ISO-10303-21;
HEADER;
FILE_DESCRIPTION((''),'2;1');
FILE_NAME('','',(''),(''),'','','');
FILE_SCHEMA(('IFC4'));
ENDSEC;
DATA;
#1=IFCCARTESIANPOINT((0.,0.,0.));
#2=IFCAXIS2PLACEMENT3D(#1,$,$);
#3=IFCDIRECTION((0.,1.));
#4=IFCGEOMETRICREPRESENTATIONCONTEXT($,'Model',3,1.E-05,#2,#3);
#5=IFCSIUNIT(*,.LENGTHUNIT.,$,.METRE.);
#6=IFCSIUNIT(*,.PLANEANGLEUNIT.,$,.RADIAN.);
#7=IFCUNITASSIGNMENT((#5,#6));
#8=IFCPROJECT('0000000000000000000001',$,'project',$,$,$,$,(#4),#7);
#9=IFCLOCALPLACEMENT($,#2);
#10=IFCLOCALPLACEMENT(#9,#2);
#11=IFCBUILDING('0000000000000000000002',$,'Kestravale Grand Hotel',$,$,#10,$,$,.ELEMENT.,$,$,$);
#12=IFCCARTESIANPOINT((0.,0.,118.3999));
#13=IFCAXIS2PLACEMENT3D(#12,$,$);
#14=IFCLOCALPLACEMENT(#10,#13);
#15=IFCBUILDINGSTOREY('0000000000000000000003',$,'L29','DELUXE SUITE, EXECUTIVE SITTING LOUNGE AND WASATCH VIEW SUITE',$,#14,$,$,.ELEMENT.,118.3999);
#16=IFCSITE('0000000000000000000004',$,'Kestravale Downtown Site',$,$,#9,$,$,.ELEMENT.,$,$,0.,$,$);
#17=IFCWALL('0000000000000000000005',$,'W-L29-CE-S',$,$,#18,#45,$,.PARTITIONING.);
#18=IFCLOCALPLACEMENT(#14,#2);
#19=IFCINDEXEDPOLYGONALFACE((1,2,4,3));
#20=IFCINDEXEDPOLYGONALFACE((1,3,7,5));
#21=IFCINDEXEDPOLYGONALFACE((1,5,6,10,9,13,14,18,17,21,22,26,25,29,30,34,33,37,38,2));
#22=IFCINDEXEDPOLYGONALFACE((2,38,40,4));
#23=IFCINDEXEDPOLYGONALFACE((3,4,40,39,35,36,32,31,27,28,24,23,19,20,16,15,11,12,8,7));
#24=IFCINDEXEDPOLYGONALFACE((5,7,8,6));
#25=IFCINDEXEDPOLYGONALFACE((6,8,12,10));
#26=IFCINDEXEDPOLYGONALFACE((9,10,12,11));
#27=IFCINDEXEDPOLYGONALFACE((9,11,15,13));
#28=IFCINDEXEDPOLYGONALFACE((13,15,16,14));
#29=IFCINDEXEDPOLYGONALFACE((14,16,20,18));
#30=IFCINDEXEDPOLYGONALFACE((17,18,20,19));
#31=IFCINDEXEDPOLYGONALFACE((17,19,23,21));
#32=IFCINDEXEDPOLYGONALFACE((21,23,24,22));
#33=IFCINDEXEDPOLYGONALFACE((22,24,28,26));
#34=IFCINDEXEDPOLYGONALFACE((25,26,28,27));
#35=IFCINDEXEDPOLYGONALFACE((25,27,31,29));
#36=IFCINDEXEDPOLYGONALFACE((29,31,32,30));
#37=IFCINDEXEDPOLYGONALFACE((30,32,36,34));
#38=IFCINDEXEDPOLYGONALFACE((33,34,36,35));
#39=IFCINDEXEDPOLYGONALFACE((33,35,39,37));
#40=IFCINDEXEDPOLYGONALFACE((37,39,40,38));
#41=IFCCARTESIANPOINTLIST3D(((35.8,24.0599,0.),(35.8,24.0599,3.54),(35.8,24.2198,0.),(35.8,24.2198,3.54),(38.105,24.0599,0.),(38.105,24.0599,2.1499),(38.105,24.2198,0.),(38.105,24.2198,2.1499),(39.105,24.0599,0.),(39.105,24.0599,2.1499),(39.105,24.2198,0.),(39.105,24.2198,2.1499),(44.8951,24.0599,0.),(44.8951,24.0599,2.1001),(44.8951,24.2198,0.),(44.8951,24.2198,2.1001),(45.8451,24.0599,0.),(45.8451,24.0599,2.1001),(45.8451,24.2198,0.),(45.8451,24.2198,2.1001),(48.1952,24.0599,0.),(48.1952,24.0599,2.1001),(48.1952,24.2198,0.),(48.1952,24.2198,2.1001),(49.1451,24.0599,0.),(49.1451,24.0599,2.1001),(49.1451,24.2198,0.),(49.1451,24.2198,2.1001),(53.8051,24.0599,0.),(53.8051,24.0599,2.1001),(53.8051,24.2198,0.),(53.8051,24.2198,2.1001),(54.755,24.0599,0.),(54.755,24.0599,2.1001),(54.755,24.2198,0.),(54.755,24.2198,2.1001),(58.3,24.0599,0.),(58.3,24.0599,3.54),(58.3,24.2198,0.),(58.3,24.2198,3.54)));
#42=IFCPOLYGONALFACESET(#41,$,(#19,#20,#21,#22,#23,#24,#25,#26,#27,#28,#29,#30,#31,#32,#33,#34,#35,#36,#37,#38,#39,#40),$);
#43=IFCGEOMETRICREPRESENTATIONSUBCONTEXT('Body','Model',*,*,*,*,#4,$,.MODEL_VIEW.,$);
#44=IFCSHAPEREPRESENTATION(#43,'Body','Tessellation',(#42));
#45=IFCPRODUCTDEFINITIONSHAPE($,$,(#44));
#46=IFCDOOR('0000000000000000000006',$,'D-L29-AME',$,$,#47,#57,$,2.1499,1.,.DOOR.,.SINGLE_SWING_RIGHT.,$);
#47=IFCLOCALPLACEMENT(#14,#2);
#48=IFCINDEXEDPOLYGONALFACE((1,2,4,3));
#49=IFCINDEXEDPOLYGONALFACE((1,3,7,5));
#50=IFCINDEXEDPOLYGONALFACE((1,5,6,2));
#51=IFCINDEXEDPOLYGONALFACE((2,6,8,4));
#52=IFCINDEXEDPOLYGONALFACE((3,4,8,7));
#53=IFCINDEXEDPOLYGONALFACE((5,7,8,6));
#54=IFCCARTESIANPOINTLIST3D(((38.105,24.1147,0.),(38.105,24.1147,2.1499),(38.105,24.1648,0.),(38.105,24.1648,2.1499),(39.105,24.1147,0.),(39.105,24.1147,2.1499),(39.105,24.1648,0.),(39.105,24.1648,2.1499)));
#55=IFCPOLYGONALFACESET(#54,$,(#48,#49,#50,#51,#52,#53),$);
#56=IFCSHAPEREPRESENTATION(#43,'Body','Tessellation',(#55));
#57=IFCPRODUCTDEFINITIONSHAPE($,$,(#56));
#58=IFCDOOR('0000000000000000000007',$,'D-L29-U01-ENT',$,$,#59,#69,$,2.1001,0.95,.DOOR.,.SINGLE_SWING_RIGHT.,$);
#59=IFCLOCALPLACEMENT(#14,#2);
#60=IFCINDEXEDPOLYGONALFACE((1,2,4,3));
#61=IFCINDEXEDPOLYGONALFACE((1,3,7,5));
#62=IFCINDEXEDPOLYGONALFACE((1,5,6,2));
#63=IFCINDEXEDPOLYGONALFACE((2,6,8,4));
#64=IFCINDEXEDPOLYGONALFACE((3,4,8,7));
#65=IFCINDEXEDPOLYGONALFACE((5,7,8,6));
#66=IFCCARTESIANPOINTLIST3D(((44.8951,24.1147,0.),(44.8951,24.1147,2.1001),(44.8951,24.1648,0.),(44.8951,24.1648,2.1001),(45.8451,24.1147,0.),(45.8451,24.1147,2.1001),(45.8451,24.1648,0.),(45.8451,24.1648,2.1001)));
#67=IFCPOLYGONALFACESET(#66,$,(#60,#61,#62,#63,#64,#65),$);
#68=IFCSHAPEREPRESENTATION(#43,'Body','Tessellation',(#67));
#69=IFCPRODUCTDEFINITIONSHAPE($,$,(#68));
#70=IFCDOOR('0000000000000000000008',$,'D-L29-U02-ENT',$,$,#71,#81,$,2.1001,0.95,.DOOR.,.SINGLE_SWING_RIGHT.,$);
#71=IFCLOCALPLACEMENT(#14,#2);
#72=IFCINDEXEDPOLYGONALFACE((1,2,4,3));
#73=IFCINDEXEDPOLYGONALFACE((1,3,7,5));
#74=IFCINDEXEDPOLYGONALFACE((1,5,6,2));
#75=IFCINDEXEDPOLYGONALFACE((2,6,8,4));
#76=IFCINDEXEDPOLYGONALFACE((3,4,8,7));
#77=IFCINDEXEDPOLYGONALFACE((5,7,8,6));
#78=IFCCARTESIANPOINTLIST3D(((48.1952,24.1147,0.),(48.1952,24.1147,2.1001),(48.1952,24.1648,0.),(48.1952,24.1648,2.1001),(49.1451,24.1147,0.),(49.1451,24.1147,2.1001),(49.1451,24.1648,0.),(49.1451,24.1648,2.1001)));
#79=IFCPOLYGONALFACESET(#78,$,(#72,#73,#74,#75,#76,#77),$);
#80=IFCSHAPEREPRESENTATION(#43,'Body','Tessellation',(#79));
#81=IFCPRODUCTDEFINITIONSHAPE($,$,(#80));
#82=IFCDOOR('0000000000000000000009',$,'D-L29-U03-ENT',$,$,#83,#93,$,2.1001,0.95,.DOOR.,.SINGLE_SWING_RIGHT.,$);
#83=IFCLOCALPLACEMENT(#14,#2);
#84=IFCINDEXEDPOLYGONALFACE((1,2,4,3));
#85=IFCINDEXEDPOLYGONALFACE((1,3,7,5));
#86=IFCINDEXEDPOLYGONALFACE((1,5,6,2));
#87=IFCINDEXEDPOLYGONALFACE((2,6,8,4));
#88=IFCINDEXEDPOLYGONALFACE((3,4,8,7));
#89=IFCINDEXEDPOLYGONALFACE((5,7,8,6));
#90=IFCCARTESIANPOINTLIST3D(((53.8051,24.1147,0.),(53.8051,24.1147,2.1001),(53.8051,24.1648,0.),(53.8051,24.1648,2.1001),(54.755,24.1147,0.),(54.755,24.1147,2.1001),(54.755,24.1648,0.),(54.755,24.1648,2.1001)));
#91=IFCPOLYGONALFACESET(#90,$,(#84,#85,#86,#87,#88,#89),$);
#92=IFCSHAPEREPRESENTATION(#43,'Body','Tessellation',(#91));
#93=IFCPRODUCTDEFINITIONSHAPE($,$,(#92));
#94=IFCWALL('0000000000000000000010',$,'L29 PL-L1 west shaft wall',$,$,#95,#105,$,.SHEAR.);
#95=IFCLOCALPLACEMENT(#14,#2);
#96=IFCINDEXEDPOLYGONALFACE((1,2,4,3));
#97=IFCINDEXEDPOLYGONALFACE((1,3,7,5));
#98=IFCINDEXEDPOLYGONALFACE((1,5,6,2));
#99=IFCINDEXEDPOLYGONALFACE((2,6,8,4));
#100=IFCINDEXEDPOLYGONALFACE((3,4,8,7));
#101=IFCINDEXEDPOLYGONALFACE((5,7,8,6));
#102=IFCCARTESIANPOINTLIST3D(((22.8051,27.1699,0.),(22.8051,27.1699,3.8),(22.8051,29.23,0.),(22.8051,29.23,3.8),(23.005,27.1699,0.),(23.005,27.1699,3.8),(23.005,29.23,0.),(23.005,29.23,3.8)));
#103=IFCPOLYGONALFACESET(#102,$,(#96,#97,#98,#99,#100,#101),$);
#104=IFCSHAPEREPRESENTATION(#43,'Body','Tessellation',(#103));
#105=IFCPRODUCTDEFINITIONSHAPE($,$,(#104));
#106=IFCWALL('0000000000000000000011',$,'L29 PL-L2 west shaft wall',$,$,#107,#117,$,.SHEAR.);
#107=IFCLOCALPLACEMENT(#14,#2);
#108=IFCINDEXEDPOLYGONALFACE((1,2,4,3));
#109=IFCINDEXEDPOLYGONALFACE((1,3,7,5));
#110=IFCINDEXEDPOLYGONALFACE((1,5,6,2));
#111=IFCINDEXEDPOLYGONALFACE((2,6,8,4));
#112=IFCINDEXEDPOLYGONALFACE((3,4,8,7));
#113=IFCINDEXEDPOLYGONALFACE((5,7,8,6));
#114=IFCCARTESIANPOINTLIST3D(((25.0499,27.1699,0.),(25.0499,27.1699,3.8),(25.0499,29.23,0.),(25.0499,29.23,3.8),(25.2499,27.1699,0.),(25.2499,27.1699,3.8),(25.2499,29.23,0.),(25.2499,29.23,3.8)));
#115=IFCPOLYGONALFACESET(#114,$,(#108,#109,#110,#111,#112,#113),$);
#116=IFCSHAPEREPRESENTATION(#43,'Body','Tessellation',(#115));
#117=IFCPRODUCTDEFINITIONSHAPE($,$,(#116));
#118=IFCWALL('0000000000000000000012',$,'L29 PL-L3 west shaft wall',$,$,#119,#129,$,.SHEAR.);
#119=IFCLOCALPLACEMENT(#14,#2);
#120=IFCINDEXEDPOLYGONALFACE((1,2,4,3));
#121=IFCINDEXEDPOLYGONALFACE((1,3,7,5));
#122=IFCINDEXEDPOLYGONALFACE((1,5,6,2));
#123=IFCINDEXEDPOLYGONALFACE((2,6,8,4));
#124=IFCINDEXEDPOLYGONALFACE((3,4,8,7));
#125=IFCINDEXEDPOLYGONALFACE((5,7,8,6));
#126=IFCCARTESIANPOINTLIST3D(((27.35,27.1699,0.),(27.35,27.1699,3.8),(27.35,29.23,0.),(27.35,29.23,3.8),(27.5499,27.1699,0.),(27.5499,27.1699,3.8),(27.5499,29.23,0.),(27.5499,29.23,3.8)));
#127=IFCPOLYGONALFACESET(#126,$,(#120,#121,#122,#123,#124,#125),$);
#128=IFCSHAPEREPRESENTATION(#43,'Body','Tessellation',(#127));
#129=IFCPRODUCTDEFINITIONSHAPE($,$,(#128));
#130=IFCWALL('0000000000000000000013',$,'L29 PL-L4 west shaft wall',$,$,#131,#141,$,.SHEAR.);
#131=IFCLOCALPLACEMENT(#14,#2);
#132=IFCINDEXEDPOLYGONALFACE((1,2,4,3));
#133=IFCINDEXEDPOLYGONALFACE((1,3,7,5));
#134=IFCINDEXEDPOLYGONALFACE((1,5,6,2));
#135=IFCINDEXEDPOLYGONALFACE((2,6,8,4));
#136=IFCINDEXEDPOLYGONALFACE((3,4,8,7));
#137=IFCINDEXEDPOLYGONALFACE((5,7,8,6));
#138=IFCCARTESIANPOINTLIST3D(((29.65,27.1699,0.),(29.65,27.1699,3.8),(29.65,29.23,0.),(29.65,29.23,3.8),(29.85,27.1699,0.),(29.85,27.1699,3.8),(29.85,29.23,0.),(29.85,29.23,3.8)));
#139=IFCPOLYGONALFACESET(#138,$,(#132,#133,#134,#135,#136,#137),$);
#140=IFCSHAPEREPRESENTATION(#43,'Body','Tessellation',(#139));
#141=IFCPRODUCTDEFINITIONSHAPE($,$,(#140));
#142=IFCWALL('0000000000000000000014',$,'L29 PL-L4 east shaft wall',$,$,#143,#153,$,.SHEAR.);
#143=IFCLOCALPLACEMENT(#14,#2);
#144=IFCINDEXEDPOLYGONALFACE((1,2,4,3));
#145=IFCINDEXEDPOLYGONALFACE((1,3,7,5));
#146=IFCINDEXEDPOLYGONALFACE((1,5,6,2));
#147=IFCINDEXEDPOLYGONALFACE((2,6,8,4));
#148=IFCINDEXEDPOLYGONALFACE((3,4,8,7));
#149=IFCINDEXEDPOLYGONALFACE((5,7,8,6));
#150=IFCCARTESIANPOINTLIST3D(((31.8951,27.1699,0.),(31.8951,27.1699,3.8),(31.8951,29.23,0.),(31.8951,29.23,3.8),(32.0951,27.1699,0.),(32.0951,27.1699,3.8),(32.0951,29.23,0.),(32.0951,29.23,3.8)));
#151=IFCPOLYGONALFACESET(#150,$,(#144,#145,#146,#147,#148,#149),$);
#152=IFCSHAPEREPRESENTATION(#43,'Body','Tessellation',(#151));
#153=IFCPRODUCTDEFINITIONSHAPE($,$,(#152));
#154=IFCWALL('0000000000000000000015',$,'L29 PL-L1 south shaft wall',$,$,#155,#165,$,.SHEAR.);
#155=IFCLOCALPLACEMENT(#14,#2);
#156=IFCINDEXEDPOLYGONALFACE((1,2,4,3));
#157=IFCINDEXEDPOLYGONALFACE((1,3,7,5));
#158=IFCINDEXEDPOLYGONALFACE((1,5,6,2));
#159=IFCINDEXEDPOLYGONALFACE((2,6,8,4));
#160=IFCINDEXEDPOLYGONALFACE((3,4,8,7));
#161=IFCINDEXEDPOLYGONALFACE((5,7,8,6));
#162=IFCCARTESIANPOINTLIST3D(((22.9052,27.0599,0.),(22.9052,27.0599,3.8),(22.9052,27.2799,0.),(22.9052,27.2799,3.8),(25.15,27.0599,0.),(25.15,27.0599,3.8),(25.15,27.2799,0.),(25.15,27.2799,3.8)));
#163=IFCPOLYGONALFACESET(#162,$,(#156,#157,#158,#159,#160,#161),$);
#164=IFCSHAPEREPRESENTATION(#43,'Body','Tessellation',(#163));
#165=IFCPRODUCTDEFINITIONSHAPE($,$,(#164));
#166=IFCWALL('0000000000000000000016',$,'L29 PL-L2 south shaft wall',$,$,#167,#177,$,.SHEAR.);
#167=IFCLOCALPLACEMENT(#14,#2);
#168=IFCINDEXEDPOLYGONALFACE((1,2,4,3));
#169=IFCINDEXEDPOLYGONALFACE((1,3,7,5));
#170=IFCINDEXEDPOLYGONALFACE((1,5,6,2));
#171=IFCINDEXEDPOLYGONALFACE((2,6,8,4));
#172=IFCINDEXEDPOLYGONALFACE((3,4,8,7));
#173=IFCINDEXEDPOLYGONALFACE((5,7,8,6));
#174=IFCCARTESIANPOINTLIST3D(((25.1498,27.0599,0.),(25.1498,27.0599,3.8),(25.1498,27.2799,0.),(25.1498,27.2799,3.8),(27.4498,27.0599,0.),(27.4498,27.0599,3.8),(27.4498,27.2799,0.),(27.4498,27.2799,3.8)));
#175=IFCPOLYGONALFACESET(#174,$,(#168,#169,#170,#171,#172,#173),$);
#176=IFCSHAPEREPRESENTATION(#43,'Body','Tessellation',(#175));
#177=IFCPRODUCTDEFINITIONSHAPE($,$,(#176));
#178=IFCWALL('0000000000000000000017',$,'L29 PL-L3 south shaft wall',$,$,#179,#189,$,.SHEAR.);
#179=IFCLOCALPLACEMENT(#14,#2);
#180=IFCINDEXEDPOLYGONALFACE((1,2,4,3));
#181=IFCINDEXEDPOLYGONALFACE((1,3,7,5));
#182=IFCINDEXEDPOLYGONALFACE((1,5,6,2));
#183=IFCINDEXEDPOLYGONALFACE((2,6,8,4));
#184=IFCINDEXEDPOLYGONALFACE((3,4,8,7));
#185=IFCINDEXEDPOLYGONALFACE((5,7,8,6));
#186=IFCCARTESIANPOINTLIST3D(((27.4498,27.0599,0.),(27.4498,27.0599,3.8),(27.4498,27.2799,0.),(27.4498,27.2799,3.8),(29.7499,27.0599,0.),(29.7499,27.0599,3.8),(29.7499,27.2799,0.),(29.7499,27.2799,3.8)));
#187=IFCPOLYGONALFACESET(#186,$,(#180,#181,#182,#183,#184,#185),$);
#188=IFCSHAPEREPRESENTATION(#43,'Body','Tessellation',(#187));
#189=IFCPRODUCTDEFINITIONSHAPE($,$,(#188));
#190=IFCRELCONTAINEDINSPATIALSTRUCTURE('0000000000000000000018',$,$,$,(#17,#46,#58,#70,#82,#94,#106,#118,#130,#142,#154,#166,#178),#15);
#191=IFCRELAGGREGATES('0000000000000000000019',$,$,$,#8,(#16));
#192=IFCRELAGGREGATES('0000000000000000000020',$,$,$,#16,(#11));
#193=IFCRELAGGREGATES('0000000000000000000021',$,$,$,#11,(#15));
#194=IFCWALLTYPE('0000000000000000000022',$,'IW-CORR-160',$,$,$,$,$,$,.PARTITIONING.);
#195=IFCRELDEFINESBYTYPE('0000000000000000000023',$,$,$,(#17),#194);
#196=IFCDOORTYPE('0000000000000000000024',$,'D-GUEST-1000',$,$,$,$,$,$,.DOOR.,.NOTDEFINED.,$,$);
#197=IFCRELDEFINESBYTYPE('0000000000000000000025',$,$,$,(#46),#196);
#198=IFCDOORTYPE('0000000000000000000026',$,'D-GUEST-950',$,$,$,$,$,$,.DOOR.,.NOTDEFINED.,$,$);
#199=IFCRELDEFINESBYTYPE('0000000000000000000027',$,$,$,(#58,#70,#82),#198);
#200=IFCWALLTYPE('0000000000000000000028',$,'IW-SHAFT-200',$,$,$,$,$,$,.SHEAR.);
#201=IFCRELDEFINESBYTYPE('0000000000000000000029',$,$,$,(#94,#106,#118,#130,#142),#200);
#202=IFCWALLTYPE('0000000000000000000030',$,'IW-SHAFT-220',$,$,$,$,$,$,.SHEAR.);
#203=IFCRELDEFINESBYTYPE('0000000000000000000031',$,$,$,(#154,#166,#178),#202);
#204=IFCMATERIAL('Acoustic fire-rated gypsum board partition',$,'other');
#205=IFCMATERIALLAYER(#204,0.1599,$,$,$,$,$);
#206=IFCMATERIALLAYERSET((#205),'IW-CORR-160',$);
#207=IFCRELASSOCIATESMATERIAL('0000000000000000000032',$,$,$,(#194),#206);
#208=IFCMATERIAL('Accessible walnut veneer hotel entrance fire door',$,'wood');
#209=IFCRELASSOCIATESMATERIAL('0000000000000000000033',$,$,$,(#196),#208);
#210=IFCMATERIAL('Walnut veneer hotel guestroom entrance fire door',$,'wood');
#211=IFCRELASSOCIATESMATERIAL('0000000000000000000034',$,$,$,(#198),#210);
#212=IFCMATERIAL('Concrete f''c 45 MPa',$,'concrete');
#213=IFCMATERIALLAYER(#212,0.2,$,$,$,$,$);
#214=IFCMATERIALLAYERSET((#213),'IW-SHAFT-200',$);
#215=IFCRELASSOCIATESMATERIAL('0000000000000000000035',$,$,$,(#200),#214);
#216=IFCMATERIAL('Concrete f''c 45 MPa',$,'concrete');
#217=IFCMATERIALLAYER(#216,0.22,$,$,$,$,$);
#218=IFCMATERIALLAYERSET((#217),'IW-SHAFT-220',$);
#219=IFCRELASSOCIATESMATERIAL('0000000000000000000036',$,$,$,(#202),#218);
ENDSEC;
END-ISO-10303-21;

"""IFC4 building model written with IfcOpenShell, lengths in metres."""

from ifc_helpers import new_model, si_unit, direction, frame, frame_2d, origin, place, context, subcontext, project, spatial, rectangle, extrude, material, layer, layer_set, type_object, element, fill, save


model = new_model("IFC4")

# Units and contexts
model_context = context("Model", 3, precision=1e-05, world=origin(), true_north=direction((0.0, 1.0)))
body_context = subcontext(model_context, "Body", "Model", "MODEL_VIEW")
ifc_project = project(units=[si_unit("LENGTHUNIT", "METRE"), si_unit("PLANEANGLEUNIT", "RADIAN")], contexts=[model_context])

# Site, building, storey
site_placement = place(None, origin())
site = spatial("IfcSite", under=ifc_project, at=site_placement, Name="Kestravale Downtown Site", CompositionType="ELEMENT", RefElevation=0.0)
building_placement = place(site_placement, origin())
building = spatial("IfcBuilding", under=site, at=building_placement, Name="Kestravale Grand Hotel", CompositionType="ELEMENT")
storey_placement = place(building_placement, frame((0.0, 0.0, 118.3999)))
storey = spatial("IfcBuildingStorey", under=building, at=storey_placement, Name="L29", Description="DELUXE SUITE, EXECUTIVE SITTING LOUNGE AND WASATCH VIEW SUITE", CompositionType="ELEMENT", Elevation=118.3999)

# Shared definitions
ifc_material_1 = material(Name="Acoustic fire-rated gypsum board partition", Category="other")
ifc_layer_1 = layer(ifc_material_1, 0.1599)
ifc_layer_set_1 = layer_set([ifc_layer_1], Name="IW-CORR-160")
wall_type_1 = type_object("IfcWallType", Name="IW-CORR-160", PredefinedType="PARTITIONING", material=ifc_layer_set_1)

# Wall, openings, doors
wall_1_placement = place(storey_placement, frame((35.8, 24.1399, 0.0), z_axis=(0.0, 0.0, 1.0), x_axis=(1.0, 0.0, 0.0)))
wall_1 = element("IfcWall", 1, at=wall_1_placement, inside=storey, type_object=wall_type_1, Name="W-L29-CE-S", PredefinedType="PARTITIONING", context=body_context, shape_type="SweptSolid", body=[
    extrude(rectangle(XDim=22.5, YDim=0.1599, at=frame_2d((11.25, 0.0))), origin(), (0.0, 0.0, 1.0), 3.54),
])
opening_1_placement = place(wall_1_placement, frame((2.3049, 0.0, 0.0)))
opening_1 = element("IfcOpeningElement", 2, at=opening_1_placement, cuts=wall_1, PredefinedType="OPENING", context=body_context, shape_type="SweptSolid", body=[
    extrude(rectangle(XDim=1.0, YDim=2.1499, at=frame_2d((0.5, 1.075))), frame((0.0, 0.0898, 0.0), z_axis=(0.0, -1.0, 0.0), x_axis=(1.0, 0.0, 0.0)), (0.0, 0.0, 1.0), 0.1799),
])
opening_2_placement = place(wall_1_placement, frame((9.095, 0.0, 0.0)))
opening_2 = element("IfcOpeningElement", 3, at=opening_2_placement, cuts=wall_1, PredefinedType="OPENING", context=body_context, shape_type="SweptSolid", body=[
    extrude(rectangle(XDim=0.95, YDim=2.1001, at=frame_2d((0.4751, 1.05))), frame((0.0, 0.0898, 0.0), z_axis=(0.0, -1.0, 0.0), x_axis=(1.0, 0.0, 0.0)), (0.0, 0.0, 1.0), 0.1799),
])
opening_3_placement = place(wall_1_placement, frame((12.395, 0.0, 0.0)))
opening_3 = element("IfcOpeningElement", 4, at=opening_3_placement, cuts=wall_1, PredefinedType="OPENING", context=body_context, shape_type="SweptSolid", body=[
    extrude(rectangle(XDim=0.95, YDim=2.1001, at=frame_2d((0.4751, 1.05))), frame((0.0, 0.0898, 0.0), z_axis=(0.0, -1.0, 0.0), x_axis=(1.0, 0.0, 0.0)), (0.0, 0.0, 1.0), 0.1799),
])
opening_4_placement = place(wall_1_placement, frame((18.0049, 0.0, 0.0)))
opening_4 = element("IfcOpeningElement", 5, at=opening_4_placement, cuts=wall_1, PredefinedType="OPENING", context=body_context, shape_type="SweptSolid", body=[
    extrude(rectangle(XDim=0.95, YDim=2.1001, at=frame_2d((0.4751, 1.05))), frame((0.0, 0.0898, 0.0), z_axis=(0.0, -1.0, 0.0), x_axis=(1.0, 0.0, 0.0)), (0.0, 0.0, 1.0), 0.1799),
])
ifc_material_2 = material(Name="Accessible walnut veneer hotel entrance fire door", Category="wood")
door_type_1 = type_object("IfcDoorType", Name="D-GUEST-1000", OperationType="NOTDEFINED", PredefinedType="DOOR", material=ifc_material_2)
door_1_placement = place(opening_1_placement, origin())
door_1 = element("IfcDoor", 6, at=door_1_placement, inside=storey, type_object=door_type_1, Name="D-L29-AME", OperationType="SINGLE_SWING_RIGHT", OverallHeight=2.1499, OverallWidth=1.0, PredefinedType="DOOR", context=body_context, shape_type="SweptSolid", body=[
    extrude(rectangle(XDim=1.0, YDim=2.1499, at=frame_2d((0.5, 1.075))), frame((0.0, 0.0249, 0.0), z_axis=(0.0, -1.0, 0.0), x_axis=(1.0, 0.0, 0.0)), (0.0, 0.0, 1.0), 0.05),
])
fill(opening_1, door_1)
ifc_material_3 = material(Name="Walnut veneer hotel guestroom entrance fire door", Category="wood")
door_type_2 = type_object("IfcDoorType", Name="D-GUEST-950", OperationType="NOTDEFINED", PredefinedType="DOOR", material=ifc_material_3)
door_2_placement = place(opening_2_placement, origin())
door_2 = element("IfcDoor", 7, at=door_2_placement, inside=storey, type_object=door_type_2, Name="D-L29-U01-ENT", OperationType="SINGLE_SWING_RIGHT", OverallHeight=2.1001, OverallWidth=0.95, PredefinedType="DOOR", context=body_context, shape_type="SweptSolid", body=[
    extrude(rectangle(XDim=0.95, YDim=2.1001, at=frame_2d((0.4751, 1.05))), frame((0.0, 0.0249, 0.0), z_axis=(0.0, -1.0, 0.0), x_axis=(1.0, 0.0, 0.0)), (0.0, 0.0, 1.0), 0.05),
])
fill(opening_2, door_2)
door_3_placement = place(opening_3_placement, origin())
door_3 = element("IfcDoor", 8, at=door_3_placement, inside=storey, type_object=door_type_2, Name="D-L29-U02-ENT", OperationType="SINGLE_SWING_RIGHT", OverallHeight=2.1001, OverallWidth=0.95, PredefinedType="DOOR", context=body_context, shape_type="SweptSolid", body=[
    extrude(rectangle(XDim=0.95, YDim=2.1001, at=frame_2d((0.4751, 1.05))), frame((0.0, 0.0249, 0.0), z_axis=(0.0, -1.0, 0.0), x_axis=(1.0, 0.0, 0.0)), (0.0, 0.0, 1.0), 0.05),
])
fill(opening_3, door_3)
door_4_placement = place(opening_4_placement, origin())
door_4 = element("IfcDoor", 9, at=door_4_placement, inside=storey, type_object=door_type_2, Name="D-L29-U03-ENT", OperationType="SINGLE_SWING_RIGHT", OverallHeight=2.1001, OverallWidth=0.95, PredefinedType="DOOR", context=body_context, shape_type="SweptSolid", body=[
    extrude(rectangle(XDim=0.95, YDim=2.1001, at=frame_2d((0.4751, 1.05))), frame((0.0, 0.0249, 0.0), z_axis=(0.0, -1.0, 0.0), x_axis=(1.0, 0.0, 0.0)), (0.0, 0.0, 1.0), 0.05),
])
fill(opening_4, door_4)

# Walls
ifc_material_4 = material(Name="Concrete f'c 45 MPa", Category="concrete")
ifc_layer_2 = layer(ifc_material_4, 0.2)
ifc_layer_set_2 = layer_set([ifc_layer_2], Name="IW-SHAFT-200")
wall_type_2 = type_object("IfcWallType", Name="IW-SHAFT-200", PredefinedType="SHEAR", material=ifc_layer_set_2)
for number, where, z_axis, x_axis, name in (
    (10, (22.905, 27.1699, 0.0), (0.0, 0.0, 1.0), (0.0, 1.0, 0.0), "L29 PL-L1 west shaft wall"),
    (11, (25.1499, 27.1699, 0.0), (0.0, 0.0, 1.0), (0.0, 1.0, 0.0), "L29 PL-L2 west shaft wall"),
    (12, (27.45, 27.1699, 0.0), (0.0, 0.0, 1.0), (0.0, 1.0, 0.0), "L29 PL-L3 west shaft wall"),
    (13, (29.75, 27.1699, 0.0), (0.0, 0.0, 1.0), (0.0, 1.0, 0.0), "L29 PL-L4 west shaft wall"),
    (14, (31.9951, 27.1699, 0.0), (0.0, 0.0, 1.0), (0.0, 1.0, 0.0), "L29 PL-L4 east shaft wall"),
):
    element("IfcWall", number, at=place(storey_placement, frame(where, z_axis=z_axis, x_axis=x_axis)), inside=storey, type_object=wall_type_2, Name=name, PredefinedType="SHEAR", context=body_context, shape_type="SweptSolid", body=[
        extrude(rectangle(XDim=2.0601, YDim=0.2, at=frame_2d((1.03, 0.0))), origin(), (0.0, 0.0, 1.0), 3.8),
    ])
ifc_material_5 = material(Name="Concrete f'c 45 MPa", Category="concrete")
ifc_layer_3 = layer(ifc_material_5, 0.22)
ifc_layer_set_3 = layer_set([ifc_layer_3], Name="IW-SHAFT-220")
wall_type_3 = type_object("IfcWallType", Name="IW-SHAFT-220", PredefinedType="SHEAR", material=ifc_layer_set_3)
wall_2_placement = place(storey_placement, frame((22.905, 27.1699, 0.0), z_axis=(0.0, 0.0, 1.0), x_axis=(1.0, 0.0, 0.0)))
element("IfcWall", 15, at=wall_2_placement, inside=storey, type_object=wall_type_3, Name="L29 PL-L1 south shaft wall", PredefinedType="SHEAR", context=body_context, shape_type="SweptSolid", body=[
    extrude(rectangle(XDim=2.2449, YDim=0.22, at=frame_2d((1.1226, 0.0))), origin(), (0.0, 0.0, 1.0), 3.8),
])
for number, where, z_axis, x_axis, name in (
    (16, (25.1499, 27.1699, 0.0), (0.0, 0.0, 1.0), (1.0, 0.0, 0.0), "L29 PL-L2 south shaft wall"),
    (17, (27.45, 27.1699, 0.0), (0.0, 0.0, 1.0), (1.0, 0.0, 0.0), "L29 PL-L3 south shaft wall"),
):
    element("IfcWall", number, at=place(storey_placement, frame(where, z_axis=z_axis, x_axis=x_axis)), inside=storey, type_object=wall_type_3, Name=name, PredefinedType="SHEAR", context=body_context, shape_type="SweptSolid", body=[
        extrude(rectangle(XDim=2.3, YDim=0.22, at=frame_2d((1.1499, 0.0))), origin(), (0.0, 0.0, 1.0), 3.8),
    ])

save(model, "model.ifc")
